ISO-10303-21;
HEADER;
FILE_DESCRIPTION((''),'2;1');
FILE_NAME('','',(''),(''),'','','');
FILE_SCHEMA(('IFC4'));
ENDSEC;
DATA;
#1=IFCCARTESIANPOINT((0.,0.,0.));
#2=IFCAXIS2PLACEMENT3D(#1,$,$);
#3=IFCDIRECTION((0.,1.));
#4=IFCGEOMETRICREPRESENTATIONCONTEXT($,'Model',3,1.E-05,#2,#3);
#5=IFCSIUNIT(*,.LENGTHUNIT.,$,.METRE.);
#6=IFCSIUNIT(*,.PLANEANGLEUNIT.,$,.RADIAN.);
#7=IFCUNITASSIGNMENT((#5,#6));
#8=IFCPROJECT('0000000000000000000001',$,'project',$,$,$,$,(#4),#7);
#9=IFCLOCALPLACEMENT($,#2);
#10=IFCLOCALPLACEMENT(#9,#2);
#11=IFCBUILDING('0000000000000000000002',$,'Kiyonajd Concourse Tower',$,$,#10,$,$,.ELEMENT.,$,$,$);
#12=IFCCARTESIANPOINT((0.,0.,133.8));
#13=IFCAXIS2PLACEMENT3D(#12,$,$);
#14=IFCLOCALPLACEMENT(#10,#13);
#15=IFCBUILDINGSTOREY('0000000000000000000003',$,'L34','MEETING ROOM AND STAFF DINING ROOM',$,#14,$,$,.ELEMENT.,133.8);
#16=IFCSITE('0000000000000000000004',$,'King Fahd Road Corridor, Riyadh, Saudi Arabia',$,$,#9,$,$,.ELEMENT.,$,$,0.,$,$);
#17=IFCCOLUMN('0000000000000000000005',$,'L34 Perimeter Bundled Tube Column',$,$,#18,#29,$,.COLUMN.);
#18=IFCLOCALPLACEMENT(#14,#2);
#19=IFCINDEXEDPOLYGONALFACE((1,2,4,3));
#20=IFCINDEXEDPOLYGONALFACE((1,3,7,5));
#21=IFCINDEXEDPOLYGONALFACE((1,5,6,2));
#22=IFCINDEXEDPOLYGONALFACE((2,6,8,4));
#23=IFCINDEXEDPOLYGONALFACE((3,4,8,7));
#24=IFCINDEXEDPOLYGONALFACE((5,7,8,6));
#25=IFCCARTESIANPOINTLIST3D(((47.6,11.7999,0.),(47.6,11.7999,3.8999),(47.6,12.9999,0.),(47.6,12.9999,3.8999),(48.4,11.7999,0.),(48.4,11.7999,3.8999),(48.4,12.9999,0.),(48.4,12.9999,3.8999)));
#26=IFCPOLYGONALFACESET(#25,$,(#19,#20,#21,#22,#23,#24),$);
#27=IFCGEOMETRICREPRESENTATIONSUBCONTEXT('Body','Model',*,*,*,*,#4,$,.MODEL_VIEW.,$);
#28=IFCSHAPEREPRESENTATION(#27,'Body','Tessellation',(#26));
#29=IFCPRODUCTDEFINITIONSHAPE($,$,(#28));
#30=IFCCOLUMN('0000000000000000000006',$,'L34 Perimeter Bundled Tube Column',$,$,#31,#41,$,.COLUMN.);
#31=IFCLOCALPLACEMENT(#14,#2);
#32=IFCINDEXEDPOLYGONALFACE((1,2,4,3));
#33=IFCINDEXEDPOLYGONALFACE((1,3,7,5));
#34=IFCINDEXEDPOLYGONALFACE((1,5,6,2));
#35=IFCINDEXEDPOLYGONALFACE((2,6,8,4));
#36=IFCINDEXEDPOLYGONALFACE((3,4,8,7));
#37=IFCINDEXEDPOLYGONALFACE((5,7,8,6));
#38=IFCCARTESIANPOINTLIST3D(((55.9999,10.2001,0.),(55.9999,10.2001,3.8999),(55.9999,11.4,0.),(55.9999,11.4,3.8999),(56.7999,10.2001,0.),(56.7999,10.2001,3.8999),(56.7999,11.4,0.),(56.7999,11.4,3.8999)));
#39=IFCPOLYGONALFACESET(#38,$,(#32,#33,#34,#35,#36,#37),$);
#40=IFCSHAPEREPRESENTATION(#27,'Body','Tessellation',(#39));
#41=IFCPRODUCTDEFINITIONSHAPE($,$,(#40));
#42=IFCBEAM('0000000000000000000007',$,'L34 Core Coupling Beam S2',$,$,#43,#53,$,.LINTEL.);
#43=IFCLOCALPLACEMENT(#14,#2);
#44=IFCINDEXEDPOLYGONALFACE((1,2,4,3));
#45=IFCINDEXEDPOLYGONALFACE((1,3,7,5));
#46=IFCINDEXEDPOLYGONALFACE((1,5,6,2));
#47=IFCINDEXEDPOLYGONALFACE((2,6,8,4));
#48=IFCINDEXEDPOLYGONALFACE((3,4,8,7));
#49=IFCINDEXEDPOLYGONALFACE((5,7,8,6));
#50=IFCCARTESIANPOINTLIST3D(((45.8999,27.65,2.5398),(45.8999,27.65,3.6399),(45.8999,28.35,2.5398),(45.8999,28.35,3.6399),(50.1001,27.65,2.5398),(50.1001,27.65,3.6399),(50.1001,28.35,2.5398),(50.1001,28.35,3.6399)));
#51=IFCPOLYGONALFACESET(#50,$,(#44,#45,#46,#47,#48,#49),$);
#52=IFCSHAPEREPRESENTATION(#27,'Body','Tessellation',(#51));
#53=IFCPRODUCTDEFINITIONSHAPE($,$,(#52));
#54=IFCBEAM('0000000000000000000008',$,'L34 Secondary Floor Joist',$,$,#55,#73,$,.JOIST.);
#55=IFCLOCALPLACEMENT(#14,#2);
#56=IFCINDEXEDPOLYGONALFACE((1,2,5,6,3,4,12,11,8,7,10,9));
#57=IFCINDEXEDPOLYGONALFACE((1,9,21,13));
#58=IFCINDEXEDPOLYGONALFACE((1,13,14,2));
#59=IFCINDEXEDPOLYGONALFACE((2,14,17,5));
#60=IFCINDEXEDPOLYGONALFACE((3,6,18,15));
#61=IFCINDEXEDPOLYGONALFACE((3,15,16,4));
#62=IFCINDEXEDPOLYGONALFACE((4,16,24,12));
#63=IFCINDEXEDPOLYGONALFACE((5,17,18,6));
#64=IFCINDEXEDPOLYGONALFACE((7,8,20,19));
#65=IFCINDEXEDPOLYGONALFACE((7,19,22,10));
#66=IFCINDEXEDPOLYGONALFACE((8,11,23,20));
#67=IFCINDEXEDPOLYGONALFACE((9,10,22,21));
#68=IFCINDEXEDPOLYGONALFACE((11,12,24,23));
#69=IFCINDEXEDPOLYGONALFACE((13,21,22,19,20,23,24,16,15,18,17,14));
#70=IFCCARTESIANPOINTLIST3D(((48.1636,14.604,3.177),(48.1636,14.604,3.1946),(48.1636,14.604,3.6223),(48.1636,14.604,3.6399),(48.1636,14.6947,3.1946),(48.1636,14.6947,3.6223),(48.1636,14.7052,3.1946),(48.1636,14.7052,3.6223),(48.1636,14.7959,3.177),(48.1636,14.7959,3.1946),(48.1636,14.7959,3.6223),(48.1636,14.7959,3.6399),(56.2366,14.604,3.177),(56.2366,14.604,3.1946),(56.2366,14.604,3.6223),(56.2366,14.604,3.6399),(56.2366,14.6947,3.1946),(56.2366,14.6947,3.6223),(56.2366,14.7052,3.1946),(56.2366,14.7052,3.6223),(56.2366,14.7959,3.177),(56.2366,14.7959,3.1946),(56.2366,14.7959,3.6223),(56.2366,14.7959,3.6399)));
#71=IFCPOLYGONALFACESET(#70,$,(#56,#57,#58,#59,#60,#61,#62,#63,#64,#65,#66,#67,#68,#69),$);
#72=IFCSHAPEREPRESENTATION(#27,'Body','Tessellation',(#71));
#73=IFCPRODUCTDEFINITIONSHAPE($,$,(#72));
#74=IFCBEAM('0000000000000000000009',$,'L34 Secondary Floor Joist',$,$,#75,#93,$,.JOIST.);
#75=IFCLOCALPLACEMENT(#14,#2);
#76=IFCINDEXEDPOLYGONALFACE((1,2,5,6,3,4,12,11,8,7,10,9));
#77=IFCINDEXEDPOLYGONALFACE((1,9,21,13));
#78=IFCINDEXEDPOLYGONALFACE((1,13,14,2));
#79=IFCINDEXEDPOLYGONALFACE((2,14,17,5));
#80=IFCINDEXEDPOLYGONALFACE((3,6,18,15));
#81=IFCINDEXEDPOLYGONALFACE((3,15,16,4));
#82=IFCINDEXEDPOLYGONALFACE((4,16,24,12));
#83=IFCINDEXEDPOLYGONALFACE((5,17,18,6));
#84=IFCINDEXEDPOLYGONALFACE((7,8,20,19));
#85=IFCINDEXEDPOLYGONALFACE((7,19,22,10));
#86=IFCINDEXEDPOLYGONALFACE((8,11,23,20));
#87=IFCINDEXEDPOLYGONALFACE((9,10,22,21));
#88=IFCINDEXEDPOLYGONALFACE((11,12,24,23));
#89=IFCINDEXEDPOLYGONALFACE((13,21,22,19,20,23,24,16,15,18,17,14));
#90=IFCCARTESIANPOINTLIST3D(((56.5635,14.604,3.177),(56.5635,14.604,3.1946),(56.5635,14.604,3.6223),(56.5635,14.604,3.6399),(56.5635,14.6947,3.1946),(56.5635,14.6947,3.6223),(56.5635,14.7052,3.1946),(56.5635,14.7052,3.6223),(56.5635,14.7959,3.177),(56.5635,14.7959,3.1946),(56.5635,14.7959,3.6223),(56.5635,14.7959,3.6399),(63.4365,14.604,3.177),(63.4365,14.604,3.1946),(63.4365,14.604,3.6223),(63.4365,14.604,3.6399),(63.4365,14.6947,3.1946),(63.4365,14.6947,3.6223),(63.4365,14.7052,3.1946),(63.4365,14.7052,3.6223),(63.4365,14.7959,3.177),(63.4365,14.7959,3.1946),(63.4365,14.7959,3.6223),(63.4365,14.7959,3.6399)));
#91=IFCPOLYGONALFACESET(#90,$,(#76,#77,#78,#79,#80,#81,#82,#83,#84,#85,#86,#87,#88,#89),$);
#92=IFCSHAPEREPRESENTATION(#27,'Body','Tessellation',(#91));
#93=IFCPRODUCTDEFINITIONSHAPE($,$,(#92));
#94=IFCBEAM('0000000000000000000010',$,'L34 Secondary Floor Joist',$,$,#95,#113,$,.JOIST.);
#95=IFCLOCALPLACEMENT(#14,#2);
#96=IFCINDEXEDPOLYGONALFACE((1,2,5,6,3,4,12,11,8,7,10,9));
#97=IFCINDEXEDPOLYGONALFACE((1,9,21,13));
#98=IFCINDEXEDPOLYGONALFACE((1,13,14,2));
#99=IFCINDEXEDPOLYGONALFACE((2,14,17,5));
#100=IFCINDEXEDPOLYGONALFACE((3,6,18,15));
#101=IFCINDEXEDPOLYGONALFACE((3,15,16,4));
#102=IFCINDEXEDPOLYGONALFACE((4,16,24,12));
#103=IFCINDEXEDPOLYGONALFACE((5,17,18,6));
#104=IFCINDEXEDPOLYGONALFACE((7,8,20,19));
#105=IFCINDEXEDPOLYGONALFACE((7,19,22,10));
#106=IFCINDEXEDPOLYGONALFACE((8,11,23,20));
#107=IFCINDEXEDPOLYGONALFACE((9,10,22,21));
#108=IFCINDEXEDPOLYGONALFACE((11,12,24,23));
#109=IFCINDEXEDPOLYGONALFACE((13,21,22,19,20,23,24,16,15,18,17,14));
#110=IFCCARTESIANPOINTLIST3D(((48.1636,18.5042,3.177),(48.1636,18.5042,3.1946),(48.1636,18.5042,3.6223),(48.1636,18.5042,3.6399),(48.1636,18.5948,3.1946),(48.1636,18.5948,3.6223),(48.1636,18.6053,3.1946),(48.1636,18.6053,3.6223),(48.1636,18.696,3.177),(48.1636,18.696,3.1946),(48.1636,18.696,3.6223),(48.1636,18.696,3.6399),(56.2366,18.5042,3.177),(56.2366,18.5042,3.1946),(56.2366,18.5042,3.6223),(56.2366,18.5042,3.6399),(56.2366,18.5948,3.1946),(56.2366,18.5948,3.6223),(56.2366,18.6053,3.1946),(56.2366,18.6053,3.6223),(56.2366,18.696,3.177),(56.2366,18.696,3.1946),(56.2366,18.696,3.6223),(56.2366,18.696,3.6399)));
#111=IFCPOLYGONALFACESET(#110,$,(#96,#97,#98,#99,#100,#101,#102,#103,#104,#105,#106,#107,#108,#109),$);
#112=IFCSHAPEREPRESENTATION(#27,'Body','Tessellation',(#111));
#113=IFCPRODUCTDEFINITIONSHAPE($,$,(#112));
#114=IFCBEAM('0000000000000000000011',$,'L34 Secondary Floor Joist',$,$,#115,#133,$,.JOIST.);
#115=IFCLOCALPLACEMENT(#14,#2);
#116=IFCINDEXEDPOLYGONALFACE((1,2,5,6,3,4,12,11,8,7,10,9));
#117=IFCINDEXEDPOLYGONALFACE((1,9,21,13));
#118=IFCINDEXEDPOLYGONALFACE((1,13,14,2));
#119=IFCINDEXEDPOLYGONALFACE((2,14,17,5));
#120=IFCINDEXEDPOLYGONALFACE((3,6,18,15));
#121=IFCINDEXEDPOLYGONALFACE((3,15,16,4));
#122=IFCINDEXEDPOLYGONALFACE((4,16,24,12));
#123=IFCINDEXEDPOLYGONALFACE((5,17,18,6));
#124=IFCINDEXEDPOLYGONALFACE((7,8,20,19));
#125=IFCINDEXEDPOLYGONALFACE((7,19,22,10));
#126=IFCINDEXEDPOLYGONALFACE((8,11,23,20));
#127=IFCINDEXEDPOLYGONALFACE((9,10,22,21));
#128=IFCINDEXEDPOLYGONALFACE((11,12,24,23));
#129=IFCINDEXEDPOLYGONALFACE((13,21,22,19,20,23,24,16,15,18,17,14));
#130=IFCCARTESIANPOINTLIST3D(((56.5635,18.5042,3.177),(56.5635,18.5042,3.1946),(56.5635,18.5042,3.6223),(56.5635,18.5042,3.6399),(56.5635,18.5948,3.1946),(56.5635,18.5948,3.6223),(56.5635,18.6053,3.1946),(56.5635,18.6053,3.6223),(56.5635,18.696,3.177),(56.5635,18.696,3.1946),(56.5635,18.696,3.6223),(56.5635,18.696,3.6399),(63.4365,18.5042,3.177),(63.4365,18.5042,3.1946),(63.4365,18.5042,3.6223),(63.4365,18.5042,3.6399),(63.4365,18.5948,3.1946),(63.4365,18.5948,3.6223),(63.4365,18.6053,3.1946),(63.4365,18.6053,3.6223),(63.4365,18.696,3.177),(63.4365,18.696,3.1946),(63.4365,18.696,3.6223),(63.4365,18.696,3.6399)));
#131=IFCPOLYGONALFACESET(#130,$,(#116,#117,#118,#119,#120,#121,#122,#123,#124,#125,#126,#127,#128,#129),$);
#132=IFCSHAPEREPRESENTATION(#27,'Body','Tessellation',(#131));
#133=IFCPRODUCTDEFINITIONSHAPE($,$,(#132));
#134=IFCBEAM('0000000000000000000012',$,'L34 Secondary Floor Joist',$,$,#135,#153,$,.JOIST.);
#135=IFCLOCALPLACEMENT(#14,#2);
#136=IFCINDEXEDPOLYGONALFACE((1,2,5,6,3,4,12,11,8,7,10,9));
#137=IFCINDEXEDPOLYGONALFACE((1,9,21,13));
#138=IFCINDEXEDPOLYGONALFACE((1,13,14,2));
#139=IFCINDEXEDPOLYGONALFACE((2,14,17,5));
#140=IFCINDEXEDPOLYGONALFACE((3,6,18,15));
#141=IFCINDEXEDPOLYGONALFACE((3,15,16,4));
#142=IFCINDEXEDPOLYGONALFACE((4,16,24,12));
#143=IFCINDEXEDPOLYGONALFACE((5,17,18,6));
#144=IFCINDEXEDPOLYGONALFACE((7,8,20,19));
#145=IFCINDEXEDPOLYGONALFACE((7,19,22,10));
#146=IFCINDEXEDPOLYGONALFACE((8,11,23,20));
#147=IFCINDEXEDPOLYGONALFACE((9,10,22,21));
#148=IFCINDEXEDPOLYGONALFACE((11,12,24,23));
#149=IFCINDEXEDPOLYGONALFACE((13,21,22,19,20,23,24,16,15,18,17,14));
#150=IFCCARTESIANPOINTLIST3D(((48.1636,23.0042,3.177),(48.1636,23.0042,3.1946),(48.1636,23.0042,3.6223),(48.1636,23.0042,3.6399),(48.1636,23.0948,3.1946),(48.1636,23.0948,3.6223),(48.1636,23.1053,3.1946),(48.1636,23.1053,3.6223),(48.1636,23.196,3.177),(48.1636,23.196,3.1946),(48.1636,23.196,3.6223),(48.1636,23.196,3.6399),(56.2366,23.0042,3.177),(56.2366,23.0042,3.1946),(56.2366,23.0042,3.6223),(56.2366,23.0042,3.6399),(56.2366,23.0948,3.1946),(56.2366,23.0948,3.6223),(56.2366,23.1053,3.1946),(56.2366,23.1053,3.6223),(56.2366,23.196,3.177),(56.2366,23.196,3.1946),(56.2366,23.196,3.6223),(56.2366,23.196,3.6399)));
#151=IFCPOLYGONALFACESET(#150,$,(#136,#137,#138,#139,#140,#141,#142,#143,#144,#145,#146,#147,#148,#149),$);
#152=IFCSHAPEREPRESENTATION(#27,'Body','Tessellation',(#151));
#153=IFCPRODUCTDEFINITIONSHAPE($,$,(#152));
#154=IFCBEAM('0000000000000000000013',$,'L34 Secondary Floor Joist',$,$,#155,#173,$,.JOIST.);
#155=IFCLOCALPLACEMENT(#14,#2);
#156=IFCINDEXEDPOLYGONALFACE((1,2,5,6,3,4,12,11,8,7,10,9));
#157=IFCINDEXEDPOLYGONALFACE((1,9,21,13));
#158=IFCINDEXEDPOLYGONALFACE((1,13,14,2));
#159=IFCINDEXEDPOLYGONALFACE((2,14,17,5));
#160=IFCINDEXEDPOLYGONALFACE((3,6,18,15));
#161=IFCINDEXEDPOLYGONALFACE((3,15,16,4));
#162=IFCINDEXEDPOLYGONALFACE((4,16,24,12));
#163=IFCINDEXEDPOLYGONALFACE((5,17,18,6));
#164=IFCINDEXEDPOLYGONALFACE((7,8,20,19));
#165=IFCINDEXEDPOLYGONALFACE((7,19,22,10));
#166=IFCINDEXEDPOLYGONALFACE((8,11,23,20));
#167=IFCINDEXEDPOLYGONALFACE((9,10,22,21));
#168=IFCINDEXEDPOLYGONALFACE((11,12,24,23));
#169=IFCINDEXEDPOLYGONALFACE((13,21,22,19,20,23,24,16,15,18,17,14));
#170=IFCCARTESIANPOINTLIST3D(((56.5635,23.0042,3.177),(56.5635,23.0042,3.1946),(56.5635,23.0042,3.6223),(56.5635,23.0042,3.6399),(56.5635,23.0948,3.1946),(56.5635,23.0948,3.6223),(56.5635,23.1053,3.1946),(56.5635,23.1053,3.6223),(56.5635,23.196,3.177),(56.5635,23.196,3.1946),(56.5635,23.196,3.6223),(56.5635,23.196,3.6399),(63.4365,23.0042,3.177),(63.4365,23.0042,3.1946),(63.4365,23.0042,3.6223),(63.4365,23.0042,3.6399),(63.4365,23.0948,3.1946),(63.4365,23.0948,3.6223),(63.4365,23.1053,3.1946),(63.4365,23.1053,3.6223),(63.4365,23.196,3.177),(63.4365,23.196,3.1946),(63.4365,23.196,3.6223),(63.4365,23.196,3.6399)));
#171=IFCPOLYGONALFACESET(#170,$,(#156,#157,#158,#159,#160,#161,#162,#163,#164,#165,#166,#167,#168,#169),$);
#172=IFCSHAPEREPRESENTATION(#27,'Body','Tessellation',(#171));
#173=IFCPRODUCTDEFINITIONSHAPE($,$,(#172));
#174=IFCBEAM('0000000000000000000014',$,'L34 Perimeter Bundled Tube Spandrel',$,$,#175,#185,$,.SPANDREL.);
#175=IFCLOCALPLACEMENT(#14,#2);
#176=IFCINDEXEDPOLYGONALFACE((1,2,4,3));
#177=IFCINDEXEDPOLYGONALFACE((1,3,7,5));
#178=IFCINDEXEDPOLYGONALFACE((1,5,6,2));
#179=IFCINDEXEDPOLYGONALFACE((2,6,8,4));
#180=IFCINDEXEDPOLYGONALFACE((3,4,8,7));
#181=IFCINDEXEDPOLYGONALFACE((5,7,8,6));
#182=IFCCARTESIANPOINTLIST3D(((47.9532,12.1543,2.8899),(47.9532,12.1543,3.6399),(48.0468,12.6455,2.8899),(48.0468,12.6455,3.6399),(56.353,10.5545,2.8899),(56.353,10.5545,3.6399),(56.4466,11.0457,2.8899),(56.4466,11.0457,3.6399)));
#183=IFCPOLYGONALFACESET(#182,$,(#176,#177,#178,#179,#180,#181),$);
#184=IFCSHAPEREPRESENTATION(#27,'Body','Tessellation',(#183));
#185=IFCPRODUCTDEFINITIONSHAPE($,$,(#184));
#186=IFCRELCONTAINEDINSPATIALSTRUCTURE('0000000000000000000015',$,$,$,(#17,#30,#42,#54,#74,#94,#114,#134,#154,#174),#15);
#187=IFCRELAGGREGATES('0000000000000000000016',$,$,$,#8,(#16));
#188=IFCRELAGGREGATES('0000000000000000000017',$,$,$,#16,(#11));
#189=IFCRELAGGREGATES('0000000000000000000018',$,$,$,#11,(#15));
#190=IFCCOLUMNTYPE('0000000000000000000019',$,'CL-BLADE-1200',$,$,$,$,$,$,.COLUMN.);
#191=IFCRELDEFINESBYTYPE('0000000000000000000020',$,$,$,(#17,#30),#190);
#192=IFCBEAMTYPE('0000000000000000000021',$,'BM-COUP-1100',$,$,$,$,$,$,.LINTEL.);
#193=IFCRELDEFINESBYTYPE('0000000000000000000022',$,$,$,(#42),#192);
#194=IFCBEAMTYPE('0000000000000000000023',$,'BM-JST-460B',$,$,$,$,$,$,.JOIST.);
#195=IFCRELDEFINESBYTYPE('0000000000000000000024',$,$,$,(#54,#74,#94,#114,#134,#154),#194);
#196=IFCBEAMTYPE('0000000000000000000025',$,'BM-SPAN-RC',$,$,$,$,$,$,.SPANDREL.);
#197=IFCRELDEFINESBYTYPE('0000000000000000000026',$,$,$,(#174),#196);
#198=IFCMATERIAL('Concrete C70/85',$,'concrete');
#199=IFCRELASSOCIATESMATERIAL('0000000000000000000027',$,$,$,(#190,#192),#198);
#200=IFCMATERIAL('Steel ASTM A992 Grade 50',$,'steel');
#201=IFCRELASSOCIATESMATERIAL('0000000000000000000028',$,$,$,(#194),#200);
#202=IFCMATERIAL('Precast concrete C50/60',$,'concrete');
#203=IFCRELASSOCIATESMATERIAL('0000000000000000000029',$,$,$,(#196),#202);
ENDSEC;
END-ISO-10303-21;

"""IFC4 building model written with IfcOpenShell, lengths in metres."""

from ifc_helpers import new_model, si_unit, direction, frame, origin, origin_2d, place, context, subcontext, project, spatial, rectangle, i_section, extrude, material, material_profile, profile_set, type_object, element, save


model = new_model("IFC4")

# Units and contexts
model_context = context("Model", 3, precision=1e-05, world=origin(), true_north=direction((0.0, 1.0)))
body_context = subcontext(model_context, "Body", "Model", "MODEL_VIEW")
ifc_project = project(units=[si_unit("LENGTHUNIT", "METRE"), si_unit("PLANEANGLEUNIT", "RADIAN")], contexts=[model_context])

# Site, building, storey
site_placement = place(None, origin())
site = spatial("IfcSite", under=ifc_project, at=site_placement, Name="King Fahd Road Corridor, Riyadh, Saudi Arabia", CompositionType="ELEMENT", RefElevation=0.0)
building_placement = place(site_placement, origin())
building = spatial("IfcBuilding", under=site, at=building_placement, Name="Kiyonajd Concourse Tower", CompositionType="ELEMENT")
storey_placement = place(building_placement, frame((0.0, 0.0, 133.8)))
storey = spatial("IfcBuildingStorey", under=building, at=storey_placement, Name="L34", Description="MEETING ROOM AND STAFF DINING ROOM", CompositionType="ELEMENT", Elevation=133.8)

# Columns
ifc_material_1 = material(Name="Concrete C70/85", Category="concrete")
ifc_material_profile_1 = material_profile(ifc_material_1, rectangle(XDim=0.8, YDim=1.2, at=origin_2d()), Name="RC-1200x800")
ifc_profile_set_1 = profile_set([ifc_material_profile_1], Name="Concrete C70/85")
column_type = type_object("IfcColumnType", Name="CL-BLADE-1200", PredefinedType="COLUMN", material=ifc_profile_set_1)
for number, where, z_axis, x_axis, name in (
    (1, (48.0, 12.3999, 0.0), (0.0, 0.0, 1.0), (1.0, 0.0, 0.0), "L34 Perimeter Bundled Tube Column"),
    (2, (56.3999, 10.8, 0.0), (0.0, 0.0, 1.0), (1.0, 0.0, 0.0), "L34 Perimeter Bundled Tube Column"),
):
    element("IfcColumn", number, at=place(storey_placement, frame(where, z_axis=z_axis, x_axis=x_axis)), inside=storey, type_object=column_type, Name=name, PredefinedType="COLUMN", context=body_context, shape_type="SweptSolid", body=[
        extrude(rectangle(XDim=0.8, YDim=1.2, at=origin_2d()), origin(), (0.0, 0.0, 1.0), 3.8999),
    ])

# Beams
ifc_material_profile_2 = material_profile(ifc_material_1, rectangle(XDim=0.7, YDim=1.1001, at=origin_2d()), Name="RCBM-700x1100")
ifc_profile_set_2 = profile_set([ifc_material_profile_2], Name="Concrete C70/85")
beam_type_1 = type_object("IfcBeamType", Name="BM-COUP-1100", PredefinedType="LINTEL", material=ifc_profile_set_2)
beam_1_placement = place(storey_placement, frame((45.8999, 28.0, 3.0898), z_axis=(1.0, 0.0, 0.0), x_axis=(0.0, 1.0, 0.0)))
element("IfcBeam", 3, at=beam_1_placement, inside=storey, type_object=beam_type_1, Name="L34 Core Coupling Beam S2", PredefinedType="LINTEL", context=body_context, shape_type="SweptSolid", body=[
    extrude(rectangle(XDim=0.7, YDim=1.1001, at=origin_2d()), origin(), (0.0, 0.0, 1.0), 4.2002),
])
ifc_material_2 = material(Name="Steel ASTM A992 Grade 50", Category="steel")
ifc_material_profile_3 = material_profile(ifc_material_2, i_section(OverallWidth=0.1919, OverallDepth=0.4629, WebThickness=0.0105, FlangeThickness=0.0176, at=origin_2d()), Name="W460X89")
ifc_profile_set_3 = profile_set([ifc_material_profile_3], Name="Steel ASTM A992 Grade 50")
beam_type_2 = type_object("IfcBeamType", Name="BM-JST-460B", PredefinedType="JOIST", material=ifc_profile_set_3)
beam_2_placement = place(storey_placement, frame((48.1636, 14.7, 3.4084), z_axis=(1.0, 0.0, 0.0), x_axis=(0.0, 1.0, 0.0)))
element("IfcBeam", 4, at=beam_2_placement, inside=storey, type_object=beam_type_2, Name="L34 Secondary Floor Joist", PredefinedType="JOIST", context=body_context, shape_type="SweptSolid", body=[
    extrude(i_section(OverallWidth=0.1919, OverallDepth=0.4629, WebThickness=0.0105, FlangeThickness=0.0176, at=origin_2d()), origin(), (0.0, 0.0, 1.0), 8.073),
])
beam_3_placement = place(storey_placement, frame((56.5635, 14.7, 3.4084), z_axis=(1.0, 0.0, 0.0), x_axis=(0.0, 1.0, 0.0)))
element("IfcBeam", 5, at=beam_3_placement, inside=storey, type_object=beam_type_2, Name="L34 Secondary Floor Joist", PredefinedType="JOIST", context=body_context, shape_type="SweptSolid", body=[
    extrude(i_section(OverallWidth=0.1919, OverallDepth=0.4629, WebThickness=0.0105, FlangeThickness=0.0176, at=origin_2d()), origin(), (0.0, 0.0, 1.0), 6.873),
])
beam_4_placement = place(storey_placement, frame((48.1636, 18.6001, 3.4084), z_axis=(1.0, 0.0, 0.0), x_axis=(0.0, 1.0, 0.0)))
element("IfcBeam", 6, at=beam_4_placement, inside=storey, type_object=beam_type_2, Name="L34 Secondary Floor Joist", PredefinedType="JOIST", context=body_context, shape_type="SweptSolid", body=[
    extrude(i_section(OverallWidth=0.1919, OverallDepth=0.4629, WebThickness=0.0105, FlangeThickness=0.0176, at=origin_2d()), origin(), (0.0, 0.0, 1.0), 8.073),
])
beam_5_placement = place(storey_placement, frame((56.5635, 18.6001, 3.4084), z_axis=(1.0, 0.0, 0.0), x_axis=(0.0, 1.0, 0.0)))
element("IfcBeam", 7, at=beam_5_placement, inside=storey, type_object=beam_type_2, Name="L34 Secondary Floor Joist", PredefinedType="JOIST", context=body_context, shape_type="SweptSolid", body=[
    extrude(i_section(OverallWidth=0.1919, OverallDepth=0.4629, WebThickness=0.0105, FlangeThickness=0.0176, at=origin_2d()), origin(), (0.0, 0.0, 1.0), 6.873),
])
beam_6_placement = place(storey_placement, frame((48.1636, 23.1001, 3.4084), z_axis=(1.0, 0.0, 0.0), x_axis=(0.0, 1.0, 0.0)))
element("IfcBeam", 8, at=beam_6_placement, inside=storey, type_object=beam_type_2, Name="L34 Secondary Floor Joist", PredefinedType="JOIST", context=body_context, shape_type="SweptSolid", body=[
    extrude(i_section(OverallWidth=0.1919, OverallDepth=0.4629, WebThickness=0.0105, FlangeThickness=0.0176, at=origin_2d()), origin(), (0.0, 0.0, 1.0), 8.073),
])
beam_7_placement = place(storey_placement, frame((56.5635, 23.1001, 3.4084), z_axis=(1.0, 0.0, 0.0), x_axis=(0.0, 1.0, 0.0)))
element("IfcBeam", 9, at=beam_7_placement, inside=storey, type_object=beam_type_2, Name="L34 Secondary Floor Joist", PredefinedType="JOIST", context=body_context, shape_type="SweptSolid", body=[
    extrude(i_section(OverallWidth=0.1919, OverallDepth=0.4629, WebThickness=0.0105, FlangeThickness=0.0176, at=origin_2d()), origin(), (0.0, 0.0, 1.0), 6.873),
])
ifc_material_3 = material(Name="Precast concrete C50/60", Category="concrete")
ifc_material_profile_4 = material_profile(ifc_material_3, rectangle(XDim=0.5, YDim=0.75, at=origin_2d()), Name="RCBM-500x750")
ifc_profile_set_4 = profile_set([ifc_material_profile_4], Name="Precast concrete C50/60")
beam_type_3 = type_object("IfcBeamType", Name="BM-SPAN-RC", PredefinedType="SPANDREL", material=ifc_profile_set_4)
beam_8_placement = place(storey_placement, frame((48.0, 12.3999, 3.2649), z_axis=(0.982341, -0.187098, 0.0), x_axis=(0.187098, 0.982341, 0.0)))
element("IfcBeam", 10, at=beam_8_placement, inside=storey, type_object=beam_type_3, Name="L34 Perimeter Bundled Tube Spandrel", PredefinedType="SPANDREL", context=body_context, shape_type="SweptSolid", body=[
    extrude(rectangle(XDim=0.5, YDim=0.75, at=origin_2d()), origin(), (0.0, 0.0, 1.0), 8.5508),
])

save(model, "model.ifc")
